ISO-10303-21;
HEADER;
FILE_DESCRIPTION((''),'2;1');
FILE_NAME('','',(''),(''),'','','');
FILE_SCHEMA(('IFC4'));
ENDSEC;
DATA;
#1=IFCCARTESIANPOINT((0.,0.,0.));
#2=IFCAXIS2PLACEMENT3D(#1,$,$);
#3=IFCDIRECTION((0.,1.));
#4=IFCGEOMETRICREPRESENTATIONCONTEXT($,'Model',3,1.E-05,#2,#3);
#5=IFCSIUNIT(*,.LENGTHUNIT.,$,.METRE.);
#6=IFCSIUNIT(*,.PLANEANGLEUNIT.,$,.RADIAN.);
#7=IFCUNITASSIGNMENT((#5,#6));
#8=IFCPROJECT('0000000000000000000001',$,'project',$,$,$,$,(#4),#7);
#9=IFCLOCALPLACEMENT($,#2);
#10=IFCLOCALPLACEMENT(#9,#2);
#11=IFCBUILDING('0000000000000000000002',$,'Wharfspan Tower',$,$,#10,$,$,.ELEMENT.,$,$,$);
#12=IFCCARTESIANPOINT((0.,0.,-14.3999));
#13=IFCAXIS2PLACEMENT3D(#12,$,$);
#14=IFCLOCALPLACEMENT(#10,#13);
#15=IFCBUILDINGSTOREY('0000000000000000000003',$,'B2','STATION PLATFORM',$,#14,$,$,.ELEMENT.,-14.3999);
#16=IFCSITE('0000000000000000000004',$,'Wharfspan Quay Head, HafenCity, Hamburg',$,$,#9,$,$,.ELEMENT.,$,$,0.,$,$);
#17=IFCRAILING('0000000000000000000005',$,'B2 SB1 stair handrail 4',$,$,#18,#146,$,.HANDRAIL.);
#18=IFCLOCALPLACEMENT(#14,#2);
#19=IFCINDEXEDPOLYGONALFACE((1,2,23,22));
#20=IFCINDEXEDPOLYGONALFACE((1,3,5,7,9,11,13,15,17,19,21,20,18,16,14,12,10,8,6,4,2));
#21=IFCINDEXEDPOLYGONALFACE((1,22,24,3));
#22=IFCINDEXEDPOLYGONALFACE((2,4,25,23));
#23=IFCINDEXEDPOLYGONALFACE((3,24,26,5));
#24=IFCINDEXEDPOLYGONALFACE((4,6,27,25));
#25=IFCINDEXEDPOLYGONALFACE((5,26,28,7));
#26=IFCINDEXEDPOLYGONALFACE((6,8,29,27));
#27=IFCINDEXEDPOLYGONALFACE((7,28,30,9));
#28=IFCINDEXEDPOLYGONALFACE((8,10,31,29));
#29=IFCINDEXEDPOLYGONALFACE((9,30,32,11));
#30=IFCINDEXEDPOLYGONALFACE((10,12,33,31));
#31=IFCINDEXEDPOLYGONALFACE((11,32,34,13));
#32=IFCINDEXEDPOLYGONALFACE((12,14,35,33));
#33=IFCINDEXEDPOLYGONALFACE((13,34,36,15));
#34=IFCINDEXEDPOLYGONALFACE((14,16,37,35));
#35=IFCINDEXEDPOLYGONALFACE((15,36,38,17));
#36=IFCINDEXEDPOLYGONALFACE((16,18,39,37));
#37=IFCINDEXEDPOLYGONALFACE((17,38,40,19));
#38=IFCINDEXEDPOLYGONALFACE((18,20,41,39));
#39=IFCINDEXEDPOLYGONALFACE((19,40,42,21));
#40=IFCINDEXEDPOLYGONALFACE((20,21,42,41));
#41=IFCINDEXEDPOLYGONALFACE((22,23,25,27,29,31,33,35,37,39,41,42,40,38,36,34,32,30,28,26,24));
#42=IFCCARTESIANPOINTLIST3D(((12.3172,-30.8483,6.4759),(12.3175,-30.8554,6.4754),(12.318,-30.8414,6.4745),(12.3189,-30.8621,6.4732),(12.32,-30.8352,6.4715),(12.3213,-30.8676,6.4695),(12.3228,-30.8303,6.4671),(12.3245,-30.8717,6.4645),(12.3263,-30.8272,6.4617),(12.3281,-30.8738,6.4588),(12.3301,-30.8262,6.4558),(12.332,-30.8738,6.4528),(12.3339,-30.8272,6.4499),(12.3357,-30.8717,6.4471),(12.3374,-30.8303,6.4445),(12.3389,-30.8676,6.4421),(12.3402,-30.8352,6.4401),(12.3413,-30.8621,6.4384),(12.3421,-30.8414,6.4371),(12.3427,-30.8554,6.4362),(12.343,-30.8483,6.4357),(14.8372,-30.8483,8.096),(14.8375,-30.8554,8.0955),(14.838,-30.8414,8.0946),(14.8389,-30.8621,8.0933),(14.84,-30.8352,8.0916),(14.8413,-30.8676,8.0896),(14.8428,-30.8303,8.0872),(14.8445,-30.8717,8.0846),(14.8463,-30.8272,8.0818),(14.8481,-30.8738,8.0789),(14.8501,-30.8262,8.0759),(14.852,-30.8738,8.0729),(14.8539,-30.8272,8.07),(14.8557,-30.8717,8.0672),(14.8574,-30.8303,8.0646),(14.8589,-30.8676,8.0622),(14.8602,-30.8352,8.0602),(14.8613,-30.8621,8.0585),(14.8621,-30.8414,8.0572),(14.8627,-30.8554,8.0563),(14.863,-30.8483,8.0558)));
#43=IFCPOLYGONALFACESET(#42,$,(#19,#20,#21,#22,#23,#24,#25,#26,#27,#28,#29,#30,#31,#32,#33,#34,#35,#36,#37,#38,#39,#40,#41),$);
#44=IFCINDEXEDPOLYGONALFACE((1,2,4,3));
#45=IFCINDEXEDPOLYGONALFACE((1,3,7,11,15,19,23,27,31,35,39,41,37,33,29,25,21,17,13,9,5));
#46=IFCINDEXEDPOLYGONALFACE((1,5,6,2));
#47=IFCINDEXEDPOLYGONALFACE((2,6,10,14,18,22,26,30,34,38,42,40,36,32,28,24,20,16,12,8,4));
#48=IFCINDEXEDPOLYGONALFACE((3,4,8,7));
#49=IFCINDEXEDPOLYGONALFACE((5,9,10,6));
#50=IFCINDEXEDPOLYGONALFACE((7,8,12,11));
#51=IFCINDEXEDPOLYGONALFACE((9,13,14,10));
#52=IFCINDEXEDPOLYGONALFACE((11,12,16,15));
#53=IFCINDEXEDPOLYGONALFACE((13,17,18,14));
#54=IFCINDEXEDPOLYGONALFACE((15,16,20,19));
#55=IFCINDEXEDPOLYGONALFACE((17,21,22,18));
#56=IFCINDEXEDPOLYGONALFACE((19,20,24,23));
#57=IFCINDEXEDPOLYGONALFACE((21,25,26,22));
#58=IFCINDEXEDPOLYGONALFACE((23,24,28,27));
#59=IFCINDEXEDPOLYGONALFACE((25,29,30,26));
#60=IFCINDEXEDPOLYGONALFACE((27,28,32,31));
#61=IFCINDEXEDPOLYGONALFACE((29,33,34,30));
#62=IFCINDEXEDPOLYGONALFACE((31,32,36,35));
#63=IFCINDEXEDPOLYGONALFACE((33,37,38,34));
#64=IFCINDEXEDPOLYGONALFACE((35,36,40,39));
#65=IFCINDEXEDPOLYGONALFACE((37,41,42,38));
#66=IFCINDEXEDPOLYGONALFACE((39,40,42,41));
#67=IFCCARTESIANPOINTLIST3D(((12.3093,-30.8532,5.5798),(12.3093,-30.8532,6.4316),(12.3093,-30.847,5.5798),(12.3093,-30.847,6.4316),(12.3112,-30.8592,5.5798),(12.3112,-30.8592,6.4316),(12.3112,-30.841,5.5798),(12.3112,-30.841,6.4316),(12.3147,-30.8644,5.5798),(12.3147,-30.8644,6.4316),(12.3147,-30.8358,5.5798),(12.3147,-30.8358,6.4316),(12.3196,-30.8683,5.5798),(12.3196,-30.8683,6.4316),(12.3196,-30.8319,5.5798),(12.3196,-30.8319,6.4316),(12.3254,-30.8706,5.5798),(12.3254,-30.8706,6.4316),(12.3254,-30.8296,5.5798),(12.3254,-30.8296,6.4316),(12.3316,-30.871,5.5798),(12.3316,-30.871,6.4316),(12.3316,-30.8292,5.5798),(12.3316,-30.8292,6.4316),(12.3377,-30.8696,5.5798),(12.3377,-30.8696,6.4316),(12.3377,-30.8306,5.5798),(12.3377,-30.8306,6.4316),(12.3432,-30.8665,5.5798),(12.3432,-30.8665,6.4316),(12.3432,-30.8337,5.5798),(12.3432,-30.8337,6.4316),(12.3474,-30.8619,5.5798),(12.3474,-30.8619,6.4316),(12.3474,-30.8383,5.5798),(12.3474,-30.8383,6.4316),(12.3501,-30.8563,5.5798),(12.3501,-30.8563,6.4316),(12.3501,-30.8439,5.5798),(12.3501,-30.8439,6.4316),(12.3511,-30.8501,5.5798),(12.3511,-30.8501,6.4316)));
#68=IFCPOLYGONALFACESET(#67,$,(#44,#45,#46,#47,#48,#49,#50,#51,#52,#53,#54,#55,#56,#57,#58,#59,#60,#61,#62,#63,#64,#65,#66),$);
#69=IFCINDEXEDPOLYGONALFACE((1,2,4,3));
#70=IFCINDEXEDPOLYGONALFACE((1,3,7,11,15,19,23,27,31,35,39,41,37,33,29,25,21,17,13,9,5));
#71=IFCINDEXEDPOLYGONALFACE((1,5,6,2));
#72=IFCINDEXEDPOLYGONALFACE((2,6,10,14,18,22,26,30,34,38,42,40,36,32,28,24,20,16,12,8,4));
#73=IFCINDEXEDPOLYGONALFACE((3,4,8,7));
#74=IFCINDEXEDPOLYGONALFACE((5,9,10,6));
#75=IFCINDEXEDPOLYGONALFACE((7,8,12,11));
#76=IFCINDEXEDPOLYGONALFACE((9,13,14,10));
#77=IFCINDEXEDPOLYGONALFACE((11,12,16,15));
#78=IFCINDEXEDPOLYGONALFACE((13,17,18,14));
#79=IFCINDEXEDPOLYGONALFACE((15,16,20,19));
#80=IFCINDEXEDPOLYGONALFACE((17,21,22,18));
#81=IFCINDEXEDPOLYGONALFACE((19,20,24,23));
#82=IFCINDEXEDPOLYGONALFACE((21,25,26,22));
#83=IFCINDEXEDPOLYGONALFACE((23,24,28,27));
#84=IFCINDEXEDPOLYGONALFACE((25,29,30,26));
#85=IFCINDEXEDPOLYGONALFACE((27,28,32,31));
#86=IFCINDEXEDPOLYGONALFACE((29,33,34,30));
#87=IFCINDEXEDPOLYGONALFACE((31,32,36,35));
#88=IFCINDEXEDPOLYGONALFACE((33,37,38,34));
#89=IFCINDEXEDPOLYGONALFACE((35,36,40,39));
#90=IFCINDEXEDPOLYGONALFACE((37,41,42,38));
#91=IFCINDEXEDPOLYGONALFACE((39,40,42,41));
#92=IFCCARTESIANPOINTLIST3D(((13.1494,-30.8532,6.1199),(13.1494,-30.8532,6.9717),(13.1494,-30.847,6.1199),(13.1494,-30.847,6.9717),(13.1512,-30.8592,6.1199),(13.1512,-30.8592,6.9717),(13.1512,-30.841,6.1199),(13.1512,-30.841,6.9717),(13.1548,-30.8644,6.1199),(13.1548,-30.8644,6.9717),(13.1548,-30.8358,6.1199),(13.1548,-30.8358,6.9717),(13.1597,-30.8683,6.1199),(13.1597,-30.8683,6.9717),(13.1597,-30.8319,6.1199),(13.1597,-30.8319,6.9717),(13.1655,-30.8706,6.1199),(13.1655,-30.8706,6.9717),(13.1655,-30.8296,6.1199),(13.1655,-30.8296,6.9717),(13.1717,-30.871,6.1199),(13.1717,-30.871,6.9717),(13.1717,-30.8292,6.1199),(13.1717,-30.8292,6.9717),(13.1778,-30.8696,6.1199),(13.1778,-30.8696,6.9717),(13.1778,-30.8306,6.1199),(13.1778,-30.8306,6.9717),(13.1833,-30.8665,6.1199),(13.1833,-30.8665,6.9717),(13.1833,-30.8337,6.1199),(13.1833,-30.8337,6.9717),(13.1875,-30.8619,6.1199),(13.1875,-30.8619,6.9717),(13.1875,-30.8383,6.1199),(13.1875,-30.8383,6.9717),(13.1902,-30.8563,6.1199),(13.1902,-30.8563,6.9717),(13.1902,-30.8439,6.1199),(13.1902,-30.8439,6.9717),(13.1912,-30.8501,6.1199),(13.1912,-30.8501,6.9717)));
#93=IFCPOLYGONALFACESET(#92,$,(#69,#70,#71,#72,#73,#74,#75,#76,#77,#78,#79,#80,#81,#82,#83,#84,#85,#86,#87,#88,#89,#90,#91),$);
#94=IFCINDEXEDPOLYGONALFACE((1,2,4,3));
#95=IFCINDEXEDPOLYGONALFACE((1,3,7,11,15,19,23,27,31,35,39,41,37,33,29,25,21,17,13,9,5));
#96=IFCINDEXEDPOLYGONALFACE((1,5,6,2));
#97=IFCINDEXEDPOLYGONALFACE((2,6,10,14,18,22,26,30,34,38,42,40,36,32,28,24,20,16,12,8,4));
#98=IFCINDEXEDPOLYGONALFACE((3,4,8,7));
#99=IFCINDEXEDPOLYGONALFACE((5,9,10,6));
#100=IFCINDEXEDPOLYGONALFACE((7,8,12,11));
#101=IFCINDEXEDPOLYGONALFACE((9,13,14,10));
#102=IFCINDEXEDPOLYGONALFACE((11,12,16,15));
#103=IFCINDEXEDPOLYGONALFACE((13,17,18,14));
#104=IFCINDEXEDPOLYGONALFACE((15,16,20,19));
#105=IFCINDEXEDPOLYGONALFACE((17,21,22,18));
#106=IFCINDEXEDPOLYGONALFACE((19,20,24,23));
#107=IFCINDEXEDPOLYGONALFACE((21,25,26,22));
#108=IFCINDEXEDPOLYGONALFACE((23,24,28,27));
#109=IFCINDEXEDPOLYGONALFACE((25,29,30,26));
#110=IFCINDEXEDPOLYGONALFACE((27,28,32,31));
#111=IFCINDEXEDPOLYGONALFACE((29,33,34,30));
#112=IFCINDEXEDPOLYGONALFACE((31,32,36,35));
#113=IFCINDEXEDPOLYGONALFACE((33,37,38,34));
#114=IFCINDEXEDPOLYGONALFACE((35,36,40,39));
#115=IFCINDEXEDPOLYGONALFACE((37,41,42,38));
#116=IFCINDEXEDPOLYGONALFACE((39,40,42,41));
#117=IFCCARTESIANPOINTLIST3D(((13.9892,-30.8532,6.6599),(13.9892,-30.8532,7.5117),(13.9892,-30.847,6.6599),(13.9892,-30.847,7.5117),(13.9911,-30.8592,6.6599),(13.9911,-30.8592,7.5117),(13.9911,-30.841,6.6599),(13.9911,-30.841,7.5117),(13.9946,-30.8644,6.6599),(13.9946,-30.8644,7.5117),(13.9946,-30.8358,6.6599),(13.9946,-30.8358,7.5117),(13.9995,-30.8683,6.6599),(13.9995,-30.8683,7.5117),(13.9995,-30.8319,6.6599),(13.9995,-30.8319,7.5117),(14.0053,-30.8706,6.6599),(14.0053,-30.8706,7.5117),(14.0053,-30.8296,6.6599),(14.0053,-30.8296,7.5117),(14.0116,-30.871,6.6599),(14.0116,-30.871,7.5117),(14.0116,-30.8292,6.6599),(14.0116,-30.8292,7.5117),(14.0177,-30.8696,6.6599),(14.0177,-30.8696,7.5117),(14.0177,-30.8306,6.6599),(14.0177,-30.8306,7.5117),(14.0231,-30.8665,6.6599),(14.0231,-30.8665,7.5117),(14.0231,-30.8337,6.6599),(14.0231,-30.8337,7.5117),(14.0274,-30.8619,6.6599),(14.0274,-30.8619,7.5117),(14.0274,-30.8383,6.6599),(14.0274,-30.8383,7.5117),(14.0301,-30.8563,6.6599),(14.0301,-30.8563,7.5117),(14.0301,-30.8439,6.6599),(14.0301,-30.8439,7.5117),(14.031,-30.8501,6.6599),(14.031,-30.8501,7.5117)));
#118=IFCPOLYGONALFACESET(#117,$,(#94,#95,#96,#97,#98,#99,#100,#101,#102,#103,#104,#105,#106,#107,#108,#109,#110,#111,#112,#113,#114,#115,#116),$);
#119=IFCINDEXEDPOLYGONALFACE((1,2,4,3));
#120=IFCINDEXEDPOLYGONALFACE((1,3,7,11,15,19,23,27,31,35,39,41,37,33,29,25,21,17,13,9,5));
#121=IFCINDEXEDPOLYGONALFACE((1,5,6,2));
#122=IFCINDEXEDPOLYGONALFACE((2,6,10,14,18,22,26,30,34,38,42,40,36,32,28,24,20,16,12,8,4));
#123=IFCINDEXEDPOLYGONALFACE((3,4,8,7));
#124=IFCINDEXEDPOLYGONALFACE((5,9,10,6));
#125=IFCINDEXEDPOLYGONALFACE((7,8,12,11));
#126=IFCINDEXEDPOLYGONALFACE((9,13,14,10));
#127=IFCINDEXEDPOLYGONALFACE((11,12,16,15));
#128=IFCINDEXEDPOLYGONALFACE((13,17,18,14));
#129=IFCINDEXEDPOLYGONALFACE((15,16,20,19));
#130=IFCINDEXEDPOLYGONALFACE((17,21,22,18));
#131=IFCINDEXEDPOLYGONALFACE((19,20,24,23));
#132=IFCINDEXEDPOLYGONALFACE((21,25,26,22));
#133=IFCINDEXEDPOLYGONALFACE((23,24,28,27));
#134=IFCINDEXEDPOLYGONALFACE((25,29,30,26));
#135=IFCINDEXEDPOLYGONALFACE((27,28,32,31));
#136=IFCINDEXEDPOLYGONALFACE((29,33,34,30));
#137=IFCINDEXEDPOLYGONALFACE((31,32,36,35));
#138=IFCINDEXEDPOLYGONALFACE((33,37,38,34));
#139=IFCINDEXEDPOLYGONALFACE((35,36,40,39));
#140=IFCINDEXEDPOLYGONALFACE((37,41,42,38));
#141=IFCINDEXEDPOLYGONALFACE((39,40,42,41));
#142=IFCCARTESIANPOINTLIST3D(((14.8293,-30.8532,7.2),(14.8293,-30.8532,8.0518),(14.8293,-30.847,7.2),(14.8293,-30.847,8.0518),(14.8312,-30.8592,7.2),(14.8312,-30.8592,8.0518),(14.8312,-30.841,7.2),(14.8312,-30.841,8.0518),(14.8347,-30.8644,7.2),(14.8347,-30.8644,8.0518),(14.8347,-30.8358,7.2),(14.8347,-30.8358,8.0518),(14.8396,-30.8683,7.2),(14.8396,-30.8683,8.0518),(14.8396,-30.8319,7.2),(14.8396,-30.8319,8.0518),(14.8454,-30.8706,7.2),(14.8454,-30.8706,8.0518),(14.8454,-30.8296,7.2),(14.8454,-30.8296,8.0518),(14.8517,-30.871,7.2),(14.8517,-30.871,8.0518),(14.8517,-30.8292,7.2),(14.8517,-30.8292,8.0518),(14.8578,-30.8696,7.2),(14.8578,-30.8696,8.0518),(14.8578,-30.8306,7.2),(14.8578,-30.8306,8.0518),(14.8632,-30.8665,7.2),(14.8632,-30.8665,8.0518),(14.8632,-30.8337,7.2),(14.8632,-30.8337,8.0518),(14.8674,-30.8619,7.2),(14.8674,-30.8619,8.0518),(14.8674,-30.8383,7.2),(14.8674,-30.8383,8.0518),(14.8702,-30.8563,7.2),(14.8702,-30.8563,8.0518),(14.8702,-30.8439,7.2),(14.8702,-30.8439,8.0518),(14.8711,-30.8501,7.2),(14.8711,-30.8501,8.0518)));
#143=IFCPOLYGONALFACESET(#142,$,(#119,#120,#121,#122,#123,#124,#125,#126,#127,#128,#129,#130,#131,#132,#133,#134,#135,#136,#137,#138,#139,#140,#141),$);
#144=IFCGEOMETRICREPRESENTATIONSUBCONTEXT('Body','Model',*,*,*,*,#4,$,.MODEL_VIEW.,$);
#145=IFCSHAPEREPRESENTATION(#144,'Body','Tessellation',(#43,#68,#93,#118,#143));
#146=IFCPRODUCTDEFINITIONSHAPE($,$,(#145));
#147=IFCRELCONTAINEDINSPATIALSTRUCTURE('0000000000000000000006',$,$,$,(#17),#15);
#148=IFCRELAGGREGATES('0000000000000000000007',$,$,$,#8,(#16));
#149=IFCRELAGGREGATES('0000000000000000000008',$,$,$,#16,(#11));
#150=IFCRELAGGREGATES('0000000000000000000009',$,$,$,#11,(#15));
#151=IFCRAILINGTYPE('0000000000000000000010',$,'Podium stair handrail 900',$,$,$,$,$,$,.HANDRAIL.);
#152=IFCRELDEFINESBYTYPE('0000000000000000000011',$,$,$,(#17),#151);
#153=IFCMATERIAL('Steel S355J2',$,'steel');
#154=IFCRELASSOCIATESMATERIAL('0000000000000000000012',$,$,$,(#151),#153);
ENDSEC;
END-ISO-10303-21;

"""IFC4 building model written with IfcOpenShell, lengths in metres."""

from ifc_helpers import new_model, si_unit, direction, frame, origin, origin_2d, place, context, subcontext, project, spatial, circle, extrude, material, type_object, element, save


model = new_model("IFC4")

# Units and contexts
model_context = context("Model", 3, precision=1e-05, world=origin(), true_north=direction((0.0, 1.0)))
body_context = subcontext(model_context, "Body", "Model", "MODEL_VIEW")
ifc_project = project(units=[si_unit("LENGTHUNIT", "METRE"), si_unit("PLANEANGLEUNIT", "RADIAN")], contexts=[model_context])

# Site, building, storey
site_placement = place(None, origin())
site = spatial("IfcSite", under=ifc_project, at=site_placement, Name="Wharfspan Quay Head, HafenCity, Hamburg", CompositionType="ELEMENT", RefElevation=0.0)
building_placement = place(site_placement, origin())
building = spatial("IfcBuilding", under=site, at=building_placement, Name="Wharfspan Tower", CompositionType="ELEMENT")
storey_placement = place(building_placement, frame((0.0, 0.0, -14.3999)))
storey = spatial("IfcBuildingStorey", under=building, at=storey_placement, Name="B2", Description="STATION PLATFORM", CompositionType="ELEMENT", Elevation=-14.3999)

# Railing
ifc_material_1 = material(Name="Steel S355J2", Category="steel")
railing_type_1 = type_object("IfcRailingType", Name="Podium stair handrail 900", PredefinedType="HANDRAIL", material=ifc_material_1)
railing_1_placement = place(storey_placement, frame((12.3301, -30.8501, 5.5798)))
element("IfcRailing", 1, at=railing_1_placement, inside=storey, type_object=railing_type_1, Name="B2 SB1 stair handrail 4", PredefinedType="HANDRAIL", context=body_context, shape_type="SweptSolid", body=[
    extrude(circle(Radius=0.0239, at=origin_2d()), frame((0.0, 0.0, 0.876), z_axis=(0.841163, 0.0, 0.540782), x_axis=(0.0, 1.0, 0.0)), (0.0, 0.0, 1.0), 2.9958),
    extrude(circle(Radius=0.021, at=origin_2d()), origin(), (0.0, 0.0, 1.0), 0.8518),
    extrude(circle(Radius=0.021, at=origin_2d()), frame((0.8401, 0.0, 0.54)), (0.0, 0.0, 1.0), 0.8518),
    extrude(circle(Radius=0.021, at=origin_2d()), frame((1.6799, 0.0, 1.0801)), (0.0, 0.0, 1.0), 0.8518),
    extrude(circle(Radius=0.021, at=origin_2d()), frame((2.52, 0.0, 1.6201)), (0.0, 0.0, 1.0), 0.8518),
])

save(model, "model.ifc")
